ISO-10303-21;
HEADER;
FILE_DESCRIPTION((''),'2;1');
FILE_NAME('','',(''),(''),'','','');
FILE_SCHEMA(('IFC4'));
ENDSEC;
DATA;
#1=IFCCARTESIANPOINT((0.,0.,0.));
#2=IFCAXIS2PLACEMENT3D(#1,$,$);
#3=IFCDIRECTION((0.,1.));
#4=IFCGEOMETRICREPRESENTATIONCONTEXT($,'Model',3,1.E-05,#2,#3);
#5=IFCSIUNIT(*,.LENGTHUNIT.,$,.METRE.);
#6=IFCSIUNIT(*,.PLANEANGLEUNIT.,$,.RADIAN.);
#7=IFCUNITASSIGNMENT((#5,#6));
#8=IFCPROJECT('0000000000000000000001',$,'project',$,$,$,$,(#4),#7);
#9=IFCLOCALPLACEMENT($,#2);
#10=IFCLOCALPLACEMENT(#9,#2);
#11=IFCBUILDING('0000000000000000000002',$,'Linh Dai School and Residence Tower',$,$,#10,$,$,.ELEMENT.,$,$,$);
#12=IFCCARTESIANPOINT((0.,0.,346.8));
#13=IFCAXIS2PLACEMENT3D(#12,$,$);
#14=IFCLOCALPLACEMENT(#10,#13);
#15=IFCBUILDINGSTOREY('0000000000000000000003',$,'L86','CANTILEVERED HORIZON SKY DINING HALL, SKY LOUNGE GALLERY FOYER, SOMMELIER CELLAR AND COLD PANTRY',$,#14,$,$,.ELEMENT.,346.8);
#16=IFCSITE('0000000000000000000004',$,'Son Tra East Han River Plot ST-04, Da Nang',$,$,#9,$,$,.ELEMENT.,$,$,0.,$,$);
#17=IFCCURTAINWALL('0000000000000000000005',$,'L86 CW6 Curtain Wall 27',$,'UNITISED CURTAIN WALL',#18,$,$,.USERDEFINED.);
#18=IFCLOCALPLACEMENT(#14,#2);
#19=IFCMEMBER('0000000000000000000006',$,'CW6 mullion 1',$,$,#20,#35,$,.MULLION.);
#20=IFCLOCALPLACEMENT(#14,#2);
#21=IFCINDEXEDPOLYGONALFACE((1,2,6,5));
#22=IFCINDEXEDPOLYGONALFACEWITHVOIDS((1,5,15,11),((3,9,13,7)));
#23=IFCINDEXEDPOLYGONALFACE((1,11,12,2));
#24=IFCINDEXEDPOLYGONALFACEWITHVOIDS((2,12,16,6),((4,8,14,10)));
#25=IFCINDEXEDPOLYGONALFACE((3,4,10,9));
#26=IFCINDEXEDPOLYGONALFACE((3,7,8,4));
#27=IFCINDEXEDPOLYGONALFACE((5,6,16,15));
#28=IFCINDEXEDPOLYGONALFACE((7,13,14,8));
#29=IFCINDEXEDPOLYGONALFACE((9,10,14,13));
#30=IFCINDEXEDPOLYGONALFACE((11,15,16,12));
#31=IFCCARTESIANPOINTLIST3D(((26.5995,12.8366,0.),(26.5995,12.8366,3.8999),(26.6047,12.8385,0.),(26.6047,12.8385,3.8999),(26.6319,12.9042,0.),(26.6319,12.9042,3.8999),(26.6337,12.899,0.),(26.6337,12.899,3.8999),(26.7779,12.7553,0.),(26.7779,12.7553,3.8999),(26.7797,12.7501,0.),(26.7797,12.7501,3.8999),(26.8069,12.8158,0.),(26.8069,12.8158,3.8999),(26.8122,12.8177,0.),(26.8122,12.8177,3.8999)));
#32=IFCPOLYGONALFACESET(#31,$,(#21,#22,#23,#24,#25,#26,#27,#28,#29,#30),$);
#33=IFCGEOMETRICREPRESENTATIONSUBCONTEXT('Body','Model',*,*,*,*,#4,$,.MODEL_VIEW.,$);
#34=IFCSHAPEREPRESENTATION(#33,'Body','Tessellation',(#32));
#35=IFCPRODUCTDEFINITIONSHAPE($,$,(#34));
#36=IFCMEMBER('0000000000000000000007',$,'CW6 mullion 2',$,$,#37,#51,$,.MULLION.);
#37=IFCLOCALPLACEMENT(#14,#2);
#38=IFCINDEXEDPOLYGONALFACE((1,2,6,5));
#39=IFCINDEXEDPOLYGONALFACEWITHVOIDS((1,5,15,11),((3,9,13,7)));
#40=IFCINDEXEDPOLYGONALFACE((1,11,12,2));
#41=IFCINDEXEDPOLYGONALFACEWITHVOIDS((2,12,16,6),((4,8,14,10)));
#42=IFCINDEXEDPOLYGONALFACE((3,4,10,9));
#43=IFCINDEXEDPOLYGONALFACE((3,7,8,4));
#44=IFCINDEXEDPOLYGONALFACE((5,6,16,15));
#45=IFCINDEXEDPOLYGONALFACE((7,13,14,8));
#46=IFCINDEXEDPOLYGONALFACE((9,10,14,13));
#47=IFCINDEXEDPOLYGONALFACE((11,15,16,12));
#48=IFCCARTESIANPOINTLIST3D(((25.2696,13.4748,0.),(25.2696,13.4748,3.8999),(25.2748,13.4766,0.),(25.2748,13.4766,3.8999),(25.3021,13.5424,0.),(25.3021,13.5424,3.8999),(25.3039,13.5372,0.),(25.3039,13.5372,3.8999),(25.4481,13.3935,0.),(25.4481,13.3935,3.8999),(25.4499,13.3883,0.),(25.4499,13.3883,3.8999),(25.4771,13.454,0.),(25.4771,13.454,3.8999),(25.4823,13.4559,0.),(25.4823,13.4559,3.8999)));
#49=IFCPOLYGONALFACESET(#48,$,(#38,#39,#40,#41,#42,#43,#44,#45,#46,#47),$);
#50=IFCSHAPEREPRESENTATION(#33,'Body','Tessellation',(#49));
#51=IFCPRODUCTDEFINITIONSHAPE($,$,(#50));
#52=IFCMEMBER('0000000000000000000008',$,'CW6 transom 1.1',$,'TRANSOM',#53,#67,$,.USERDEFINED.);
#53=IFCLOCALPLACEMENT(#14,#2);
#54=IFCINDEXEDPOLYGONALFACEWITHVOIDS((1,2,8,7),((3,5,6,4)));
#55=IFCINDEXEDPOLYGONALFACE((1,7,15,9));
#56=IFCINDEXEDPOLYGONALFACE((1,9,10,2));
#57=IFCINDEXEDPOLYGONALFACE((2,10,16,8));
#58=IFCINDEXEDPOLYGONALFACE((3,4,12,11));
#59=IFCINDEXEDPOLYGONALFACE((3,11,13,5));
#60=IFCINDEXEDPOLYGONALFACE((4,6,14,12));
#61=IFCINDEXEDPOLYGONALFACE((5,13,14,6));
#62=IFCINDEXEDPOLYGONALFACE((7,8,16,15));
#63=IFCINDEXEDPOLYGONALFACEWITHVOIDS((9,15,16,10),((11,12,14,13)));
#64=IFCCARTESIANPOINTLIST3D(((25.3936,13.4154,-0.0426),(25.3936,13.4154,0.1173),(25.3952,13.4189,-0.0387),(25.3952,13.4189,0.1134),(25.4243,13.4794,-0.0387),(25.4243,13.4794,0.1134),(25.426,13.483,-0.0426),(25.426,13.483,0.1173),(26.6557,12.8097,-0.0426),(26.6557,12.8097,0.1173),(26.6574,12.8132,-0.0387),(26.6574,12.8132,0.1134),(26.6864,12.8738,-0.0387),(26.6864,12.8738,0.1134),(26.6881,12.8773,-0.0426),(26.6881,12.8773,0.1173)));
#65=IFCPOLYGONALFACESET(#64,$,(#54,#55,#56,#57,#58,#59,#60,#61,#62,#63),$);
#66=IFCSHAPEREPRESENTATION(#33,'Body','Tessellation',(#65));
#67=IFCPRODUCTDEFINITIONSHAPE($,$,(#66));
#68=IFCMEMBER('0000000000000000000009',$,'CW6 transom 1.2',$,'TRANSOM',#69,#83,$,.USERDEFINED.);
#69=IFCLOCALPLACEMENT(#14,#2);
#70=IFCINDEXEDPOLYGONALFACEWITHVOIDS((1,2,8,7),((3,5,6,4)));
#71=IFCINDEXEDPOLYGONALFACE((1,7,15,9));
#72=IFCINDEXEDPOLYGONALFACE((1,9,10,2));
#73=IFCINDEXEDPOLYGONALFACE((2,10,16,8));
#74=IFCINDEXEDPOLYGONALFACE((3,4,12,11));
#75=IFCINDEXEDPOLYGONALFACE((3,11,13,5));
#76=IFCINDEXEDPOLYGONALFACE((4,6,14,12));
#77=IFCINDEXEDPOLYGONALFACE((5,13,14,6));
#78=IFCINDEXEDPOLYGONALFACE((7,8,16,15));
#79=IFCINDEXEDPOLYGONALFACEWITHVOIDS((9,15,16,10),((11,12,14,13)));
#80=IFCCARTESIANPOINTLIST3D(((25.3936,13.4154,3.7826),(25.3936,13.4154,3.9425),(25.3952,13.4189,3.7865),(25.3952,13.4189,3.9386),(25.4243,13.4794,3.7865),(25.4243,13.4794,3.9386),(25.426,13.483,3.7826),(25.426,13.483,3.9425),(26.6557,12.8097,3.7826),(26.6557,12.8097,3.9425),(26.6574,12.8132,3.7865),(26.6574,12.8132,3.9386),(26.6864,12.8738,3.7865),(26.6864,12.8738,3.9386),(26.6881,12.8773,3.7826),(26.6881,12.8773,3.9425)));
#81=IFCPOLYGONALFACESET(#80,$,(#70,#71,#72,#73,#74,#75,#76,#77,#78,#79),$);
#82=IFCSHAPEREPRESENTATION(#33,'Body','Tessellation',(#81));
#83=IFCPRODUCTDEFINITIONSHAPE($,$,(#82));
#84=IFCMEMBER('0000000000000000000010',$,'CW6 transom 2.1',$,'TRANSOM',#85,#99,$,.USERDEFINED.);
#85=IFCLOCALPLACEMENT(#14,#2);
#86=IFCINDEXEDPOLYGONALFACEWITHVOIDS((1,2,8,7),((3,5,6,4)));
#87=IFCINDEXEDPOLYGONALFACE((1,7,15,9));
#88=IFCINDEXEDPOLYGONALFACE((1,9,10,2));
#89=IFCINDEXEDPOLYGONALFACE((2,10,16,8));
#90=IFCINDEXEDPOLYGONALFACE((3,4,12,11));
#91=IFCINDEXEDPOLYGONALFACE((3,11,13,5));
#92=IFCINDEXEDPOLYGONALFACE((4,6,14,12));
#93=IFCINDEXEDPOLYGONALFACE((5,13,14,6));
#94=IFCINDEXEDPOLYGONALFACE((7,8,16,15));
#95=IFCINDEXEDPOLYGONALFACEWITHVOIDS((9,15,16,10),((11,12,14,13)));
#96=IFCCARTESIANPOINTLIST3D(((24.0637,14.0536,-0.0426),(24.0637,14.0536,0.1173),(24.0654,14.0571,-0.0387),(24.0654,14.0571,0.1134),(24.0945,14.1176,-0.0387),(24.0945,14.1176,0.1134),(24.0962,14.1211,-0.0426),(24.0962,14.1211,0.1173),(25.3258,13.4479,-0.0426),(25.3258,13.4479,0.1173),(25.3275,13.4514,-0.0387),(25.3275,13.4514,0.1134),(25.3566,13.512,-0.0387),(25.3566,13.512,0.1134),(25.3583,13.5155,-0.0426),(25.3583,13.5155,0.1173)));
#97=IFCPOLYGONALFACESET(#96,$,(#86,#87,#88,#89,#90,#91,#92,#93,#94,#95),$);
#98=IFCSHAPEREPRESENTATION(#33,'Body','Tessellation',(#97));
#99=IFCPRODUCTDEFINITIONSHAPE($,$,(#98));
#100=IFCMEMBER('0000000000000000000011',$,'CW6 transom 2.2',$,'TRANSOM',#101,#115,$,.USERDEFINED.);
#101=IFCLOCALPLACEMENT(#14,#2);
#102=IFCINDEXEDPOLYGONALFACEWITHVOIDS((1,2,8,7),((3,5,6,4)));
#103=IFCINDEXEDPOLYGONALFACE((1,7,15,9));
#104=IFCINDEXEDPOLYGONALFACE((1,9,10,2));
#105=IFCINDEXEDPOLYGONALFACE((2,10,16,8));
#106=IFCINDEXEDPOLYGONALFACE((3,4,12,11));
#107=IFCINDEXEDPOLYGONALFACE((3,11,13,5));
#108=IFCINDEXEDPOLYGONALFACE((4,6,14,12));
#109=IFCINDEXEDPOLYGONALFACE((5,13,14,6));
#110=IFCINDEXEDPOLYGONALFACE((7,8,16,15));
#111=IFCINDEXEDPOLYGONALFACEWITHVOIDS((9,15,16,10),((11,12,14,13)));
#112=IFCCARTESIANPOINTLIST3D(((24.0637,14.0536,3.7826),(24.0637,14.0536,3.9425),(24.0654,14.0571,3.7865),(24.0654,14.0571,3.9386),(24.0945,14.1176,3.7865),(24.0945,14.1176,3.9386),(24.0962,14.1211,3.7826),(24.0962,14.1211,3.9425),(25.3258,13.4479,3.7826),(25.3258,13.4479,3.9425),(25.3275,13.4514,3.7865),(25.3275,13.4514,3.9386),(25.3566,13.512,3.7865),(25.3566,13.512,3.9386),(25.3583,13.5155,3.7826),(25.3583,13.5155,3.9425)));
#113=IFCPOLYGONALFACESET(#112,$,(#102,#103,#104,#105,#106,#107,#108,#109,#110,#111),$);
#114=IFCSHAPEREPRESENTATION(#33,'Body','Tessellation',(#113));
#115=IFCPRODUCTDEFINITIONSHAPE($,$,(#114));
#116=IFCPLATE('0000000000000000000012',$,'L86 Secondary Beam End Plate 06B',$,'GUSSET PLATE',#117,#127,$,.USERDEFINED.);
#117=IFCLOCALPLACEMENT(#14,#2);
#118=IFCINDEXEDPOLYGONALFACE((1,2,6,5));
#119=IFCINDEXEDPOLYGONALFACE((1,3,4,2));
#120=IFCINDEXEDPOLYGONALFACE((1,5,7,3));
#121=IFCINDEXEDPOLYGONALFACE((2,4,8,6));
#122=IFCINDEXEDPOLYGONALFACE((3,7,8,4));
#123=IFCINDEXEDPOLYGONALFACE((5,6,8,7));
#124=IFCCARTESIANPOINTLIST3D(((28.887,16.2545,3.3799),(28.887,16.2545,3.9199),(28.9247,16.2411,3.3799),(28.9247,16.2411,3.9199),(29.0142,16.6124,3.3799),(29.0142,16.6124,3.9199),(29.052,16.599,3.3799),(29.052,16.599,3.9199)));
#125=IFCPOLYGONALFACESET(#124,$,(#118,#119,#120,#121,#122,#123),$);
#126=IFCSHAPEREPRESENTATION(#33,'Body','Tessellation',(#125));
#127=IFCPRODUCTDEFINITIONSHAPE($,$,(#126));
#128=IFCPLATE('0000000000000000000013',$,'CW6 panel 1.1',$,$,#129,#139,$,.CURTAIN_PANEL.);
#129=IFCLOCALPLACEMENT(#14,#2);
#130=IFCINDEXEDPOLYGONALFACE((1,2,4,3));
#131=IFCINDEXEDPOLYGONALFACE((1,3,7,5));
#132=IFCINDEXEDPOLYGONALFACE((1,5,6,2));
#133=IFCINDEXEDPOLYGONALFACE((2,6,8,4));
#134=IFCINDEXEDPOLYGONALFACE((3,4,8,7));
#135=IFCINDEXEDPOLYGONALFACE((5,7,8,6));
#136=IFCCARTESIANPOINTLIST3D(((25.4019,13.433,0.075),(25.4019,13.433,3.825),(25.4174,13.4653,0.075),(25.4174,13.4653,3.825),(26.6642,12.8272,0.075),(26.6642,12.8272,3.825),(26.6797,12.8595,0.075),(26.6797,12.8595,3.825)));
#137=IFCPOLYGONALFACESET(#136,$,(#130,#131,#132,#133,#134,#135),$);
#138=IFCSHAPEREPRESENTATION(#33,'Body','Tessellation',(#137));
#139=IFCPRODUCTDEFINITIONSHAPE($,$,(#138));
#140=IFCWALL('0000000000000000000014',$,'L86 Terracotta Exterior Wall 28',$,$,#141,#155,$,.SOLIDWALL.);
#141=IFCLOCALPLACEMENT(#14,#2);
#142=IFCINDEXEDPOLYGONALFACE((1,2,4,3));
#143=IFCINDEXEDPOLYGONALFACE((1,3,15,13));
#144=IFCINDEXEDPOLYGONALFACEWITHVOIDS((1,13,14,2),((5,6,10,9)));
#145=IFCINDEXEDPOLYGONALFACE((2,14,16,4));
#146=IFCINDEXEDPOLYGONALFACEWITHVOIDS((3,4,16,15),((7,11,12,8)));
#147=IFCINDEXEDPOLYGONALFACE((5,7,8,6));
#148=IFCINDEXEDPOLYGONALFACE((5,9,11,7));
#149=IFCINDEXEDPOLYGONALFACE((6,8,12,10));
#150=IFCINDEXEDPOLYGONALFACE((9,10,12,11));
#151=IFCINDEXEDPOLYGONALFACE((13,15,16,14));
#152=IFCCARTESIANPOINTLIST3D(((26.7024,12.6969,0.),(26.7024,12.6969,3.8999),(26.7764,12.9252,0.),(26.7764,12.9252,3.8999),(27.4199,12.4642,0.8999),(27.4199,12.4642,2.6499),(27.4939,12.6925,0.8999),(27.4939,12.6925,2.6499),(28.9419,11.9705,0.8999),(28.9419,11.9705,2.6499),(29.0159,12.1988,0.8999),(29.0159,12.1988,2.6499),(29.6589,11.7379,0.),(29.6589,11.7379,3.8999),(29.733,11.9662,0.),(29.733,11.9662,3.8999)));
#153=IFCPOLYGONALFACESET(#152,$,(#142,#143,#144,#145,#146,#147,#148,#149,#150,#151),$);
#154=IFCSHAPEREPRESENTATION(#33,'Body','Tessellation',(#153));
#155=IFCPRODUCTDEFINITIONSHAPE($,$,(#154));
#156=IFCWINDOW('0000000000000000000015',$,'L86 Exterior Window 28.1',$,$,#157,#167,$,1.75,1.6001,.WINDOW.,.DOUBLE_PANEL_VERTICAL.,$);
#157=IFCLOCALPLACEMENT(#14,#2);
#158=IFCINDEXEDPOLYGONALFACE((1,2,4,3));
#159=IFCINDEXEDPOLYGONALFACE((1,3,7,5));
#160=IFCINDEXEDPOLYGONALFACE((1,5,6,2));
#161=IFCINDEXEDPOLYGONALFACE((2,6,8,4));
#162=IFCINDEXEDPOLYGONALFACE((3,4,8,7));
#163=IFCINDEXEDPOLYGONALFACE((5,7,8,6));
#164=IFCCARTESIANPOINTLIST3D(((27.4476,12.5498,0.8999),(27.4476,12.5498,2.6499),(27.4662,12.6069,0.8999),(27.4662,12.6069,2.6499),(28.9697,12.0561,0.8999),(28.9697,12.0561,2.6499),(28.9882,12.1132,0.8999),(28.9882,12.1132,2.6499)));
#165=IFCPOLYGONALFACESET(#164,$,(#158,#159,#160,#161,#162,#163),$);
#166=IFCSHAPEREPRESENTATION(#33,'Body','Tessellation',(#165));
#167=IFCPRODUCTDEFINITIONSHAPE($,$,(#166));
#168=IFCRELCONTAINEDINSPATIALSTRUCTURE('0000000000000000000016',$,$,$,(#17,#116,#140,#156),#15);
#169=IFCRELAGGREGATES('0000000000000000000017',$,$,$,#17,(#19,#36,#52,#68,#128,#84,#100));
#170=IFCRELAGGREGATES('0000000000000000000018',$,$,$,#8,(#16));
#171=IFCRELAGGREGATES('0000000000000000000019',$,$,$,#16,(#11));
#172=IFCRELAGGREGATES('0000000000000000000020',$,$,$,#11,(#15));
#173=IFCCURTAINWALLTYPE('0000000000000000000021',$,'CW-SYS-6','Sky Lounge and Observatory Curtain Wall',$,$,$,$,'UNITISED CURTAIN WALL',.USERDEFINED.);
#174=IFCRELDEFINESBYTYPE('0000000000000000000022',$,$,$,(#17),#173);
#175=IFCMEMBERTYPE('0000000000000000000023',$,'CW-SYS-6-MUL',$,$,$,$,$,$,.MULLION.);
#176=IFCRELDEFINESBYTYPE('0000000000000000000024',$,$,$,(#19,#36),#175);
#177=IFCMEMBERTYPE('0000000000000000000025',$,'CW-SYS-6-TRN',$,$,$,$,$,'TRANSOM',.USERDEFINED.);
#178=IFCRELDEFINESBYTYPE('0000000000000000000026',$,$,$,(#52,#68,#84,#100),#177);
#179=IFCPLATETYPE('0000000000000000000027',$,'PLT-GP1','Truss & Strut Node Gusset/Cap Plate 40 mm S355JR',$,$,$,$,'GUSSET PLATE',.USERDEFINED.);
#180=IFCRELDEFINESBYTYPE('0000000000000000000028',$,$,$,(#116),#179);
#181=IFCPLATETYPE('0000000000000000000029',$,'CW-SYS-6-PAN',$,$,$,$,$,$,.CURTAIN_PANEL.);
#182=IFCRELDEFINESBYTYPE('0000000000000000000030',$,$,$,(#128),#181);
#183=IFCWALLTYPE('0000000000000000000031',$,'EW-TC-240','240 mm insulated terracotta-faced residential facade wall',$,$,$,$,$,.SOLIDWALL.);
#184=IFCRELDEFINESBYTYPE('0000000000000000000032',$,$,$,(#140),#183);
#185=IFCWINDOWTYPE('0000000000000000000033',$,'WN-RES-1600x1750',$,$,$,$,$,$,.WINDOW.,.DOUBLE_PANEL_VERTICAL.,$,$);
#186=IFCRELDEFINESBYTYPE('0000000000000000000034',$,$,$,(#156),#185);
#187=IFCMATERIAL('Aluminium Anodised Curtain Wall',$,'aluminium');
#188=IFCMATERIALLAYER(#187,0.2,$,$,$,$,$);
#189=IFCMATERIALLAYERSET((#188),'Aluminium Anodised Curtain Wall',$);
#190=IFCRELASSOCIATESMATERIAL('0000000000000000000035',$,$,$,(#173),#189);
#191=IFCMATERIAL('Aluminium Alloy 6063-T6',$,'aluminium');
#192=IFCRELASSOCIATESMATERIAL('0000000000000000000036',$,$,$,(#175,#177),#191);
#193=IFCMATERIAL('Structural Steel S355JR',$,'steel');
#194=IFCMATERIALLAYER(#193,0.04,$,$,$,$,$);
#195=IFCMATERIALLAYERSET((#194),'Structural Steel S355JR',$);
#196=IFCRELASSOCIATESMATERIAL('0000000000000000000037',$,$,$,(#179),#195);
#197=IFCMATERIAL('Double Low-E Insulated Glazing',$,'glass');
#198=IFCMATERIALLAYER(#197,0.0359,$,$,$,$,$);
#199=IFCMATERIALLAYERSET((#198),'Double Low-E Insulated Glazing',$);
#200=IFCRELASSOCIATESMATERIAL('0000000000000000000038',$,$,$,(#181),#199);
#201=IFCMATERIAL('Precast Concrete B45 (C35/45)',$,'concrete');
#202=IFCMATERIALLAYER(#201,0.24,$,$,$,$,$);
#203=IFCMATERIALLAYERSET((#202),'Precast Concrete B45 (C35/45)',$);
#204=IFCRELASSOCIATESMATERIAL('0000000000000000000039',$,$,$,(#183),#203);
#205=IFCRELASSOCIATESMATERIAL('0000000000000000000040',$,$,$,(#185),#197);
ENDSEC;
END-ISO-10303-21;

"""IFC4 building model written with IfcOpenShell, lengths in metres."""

from ifc_helpers import new_model, si_unit, direction, frame, frame_2d, origin, origin_2d, place, context, subcontext, project, spatial, rectangle, hollow_rectangle, extrude, source, transform, mapped, material, layer, layer_set, material_profile, profile_set, type_object, element, fill, aggregate, save


model = new_model("IFC4")

# Units and contexts
model_context = context("Model", 3, precision=1e-05, world=origin(), true_north=direction((0.0, 1.0)))
body_context = subcontext(model_context, "Body", "Model", "MODEL_VIEW")
ifc_project = project(units=[si_unit("LENGTHUNIT", "METRE"), si_unit("PLANEANGLEUNIT", "RADIAN")], contexts=[model_context])

# Site, building, storey
site_placement = place(None, origin())
site = spatial("IfcSite", under=ifc_project, at=site_placement, Name="Son Tra East Han River Plot ST-04, Da Nang", CompositionType="ELEMENT", RefElevation=0.0)
building_placement = place(site_placement, origin())
building = spatial("IfcBuilding", under=site, at=building_placement, Name="Linh Dai School and Residence Tower", CompositionType="ELEMENT")
storey_placement = place(building_placement, frame((0.0, 0.0, 346.8)))
storey = spatial("IfcBuildingStorey", under=building, at=storey_placement, Name="L86", Description="CANTILEVERED HORIZON SKY DINING HALL, SKY LOUNGE GALLERY FOYER, SOMMELIER CELLAR AND COLD PANTRY", CompositionType="ELEMENT", Elevation=346.8)

# Shared definitions
ifc_material_1 = material(Name="Structural Steel S355JR", Category="steel")

# Curtain wall, members
ifc_material_2 = material(Name="Aluminium Anodised Curtain Wall", Category="aluminium")
ifc_layer_1 = layer(ifc_material_2, 0.2)
ifc_layer_set_1 = layer_set([ifc_layer_1], Name="Aluminium Anodised Curtain Wall")
curtain_wall_type = type_object("IfcCurtainWallType", Name="CW-SYS-6", Description="Sky Lounge and Observatory Curtain Wall", ElementType="UNITISED CURTAIN WALL", PredefinedType="USERDEFINED", material=ifc_layer_set_1)
curtain_wall_placement = place(storey_placement, origin())
curtain_wall = element("IfcCurtainWall", 1, at=curtain_wall_placement, inside=storey, type_object=curtain_wall_type, Name="L86 CW6 Curtain Wall 27", ObjectType="UNITISED CURTAIN WALL", PredefinedType="USERDEFINED")
ifc_material_3 = material(Name="Aluminium Alloy 6063-T6", Category="aluminium")
ifc_material_profile_1 = material_profile(ifc_material_3, hollow_rectangle(XDim=0.075, YDim=0.2, WallThickness=0.0039, at=origin_2d()), Name="RHS 200x75x4")
ifc_profile_set_1 = profile_set([ifc_material_profile_1], Name="Aluminium Alloy 6063-T6")
member_type_1 = type_object("IfcMemberType", Name="CW-SYS-6-MUL", PredefinedType="MULLION", material=ifc_profile_set_1)
shared_shape_1 = source(origin(), body_context, "Body", "SweptSolid", [
    extrude(hollow_rectangle(XDim=0.075, YDim=0.2, WallThickness=0.0039, at=origin_2d()), origin(), (0.0, 0.0, 1.0), 3.8999),
])
member_1_placement = place(storey_placement, frame((26.7058, 12.8271, 0.0), z_axis=(0.0, 0.0, 1.0), x_axis=(-0.432674, -0.901551, 0.0)))
member_1 = element("IfcMember", 2, at=member_1_placement, type_object=member_type_1, Name="CW6 mullion 1", PredefinedType="MULLION", context=body_context, shape_type="MappedRepresentation", body=[
    mapped(shared_shape_1, transform((0.0, 0.0, 0.0), x_axis=(1.0, 0.0, 0.0), y_axis=(0.0, 1.0, 0.0), z_axis=(0.0, 0.0, 1.0), scale=1.0)),
])
member_2_placement = place(storey_placement, frame((25.376, 13.4653, 0.0), z_axis=(0.0, 0.0, 1.0), x_axis=(-0.432674, -0.901551, 0.0)))
member_2 = element("IfcMember", 3, at=member_2_placement, type_object=member_type_1, Name="CW6 mullion 2", PredefinedType="MULLION", context=body_context, shape_type="MappedRepresentation", body=[
    mapped(shared_shape_1, transform((0.0, 0.0, 0.0), x_axis=(1.0, 0.0, 0.0), y_axis=(0.0, 1.0, 0.0), z_axis=(0.0, 0.0, 1.0), scale=1.0)),
])
ifc_material_profile_2 = material_profile(ifc_material_3, hollow_rectangle(XDim=0.075, YDim=0.1599, WallThickness=0.0039, at=origin_2d()), Name="RHS 160x75x4")
ifc_profile_set_2 = profile_set([ifc_material_profile_2], Name="Aluminium Alloy 6063-T6")
member_type_2 = type_object("IfcMemberType", Name="CW-SYS-6-TRN", ElementType="TRANSOM", PredefinedType="USERDEFINED", material=ifc_profile_set_2)
shared_shape_2 = source(origin(), body_context, "Body", "SweptSolid", [
    extrude(hollow_rectangle(XDim=0.075, YDim=0.1599, WallThickness=0.0039, at=origin_2d()), origin(), (0.0, 0.0, 1.0), 1.3999),
])
member_3_placement = place(storey_placement, frame((26.6719, 12.8435, 0.0374), z_axis=(-0.901564, 0.432646, 0.0), x_axis=(-0.432646, -0.901564, 0.0)))
member_3 = element("IfcMember", 4, at=member_3_placement, type_object=member_type_2, Name="CW6 transom 1.1", ObjectType="TRANSOM", PredefinedType="USERDEFINED", context=body_context, shape_type="MappedRepresentation", body=[
    mapped(shared_shape_2, transform((0.0, 0.0, 0.0), x_axis=(1.0, 0.0, 0.0), y_axis=(0.0, 1.0, 0.0), z_axis=(0.0, 0.0, 1.0), scale=1.0)),
])
member_4_placement = place(storey_placement, frame((26.6719, 12.8435, 3.8625), z_axis=(-0.901564, 0.432646, 0.0), x_axis=(-0.432646, -0.901564, 0.0)))
member_4 = element("IfcMember", 5, at=member_4_placement, type_object=member_type_2, Name="CW6 transom 1.2", ObjectType="TRANSOM", PredefinedType="USERDEFINED", context=body_context, shape_type="MappedRepresentation", body=[
    mapped(shared_shape_2, transform((0.0, 0.0, 0.0), x_axis=(1.0, 0.0, 0.0), y_axis=(0.0, 1.0, 0.0), z_axis=(0.0, 0.0, 1.0), scale=1.0)),
])
member_5_placement = place(storey_placement, frame((25.342, 13.4817, 0.0374), z_axis=(-0.901564, 0.432646, 0.0), x_axis=(-0.432646, -0.901564, 0.0)))
member_5 = element("IfcMember", 6, at=member_5_placement, type_object=member_type_2, Name="CW6 transom 2.1", ObjectType="TRANSOM", PredefinedType="USERDEFINED", context=body_context, shape_type="MappedRepresentation", body=[
    mapped(shared_shape_2, transform((0.0, 0.0, 0.0), x_axis=(1.0, 0.0, 0.0), y_axis=(0.0, 1.0, 0.0), z_axis=(0.0, 0.0, 1.0), scale=1.0)),
])
member_6_placement = place(storey_placement, frame((25.342, 13.4817, 3.8625), z_axis=(-0.901564, 0.432646, 0.0), x_axis=(-0.432646, -0.901564, 0.0)))
member_6 = element("IfcMember", 7, at=member_6_placement, type_object=member_type_2, Name="CW6 transom 2.2", ObjectType="TRANSOM", PredefinedType="USERDEFINED", context=body_context, shape_type="MappedRepresentation", body=[
    mapped(shared_shape_2, transform((0.0, 0.0, 0.0), x_axis=(1.0, 0.0, 0.0), y_axis=(0.0, 1.0, 0.0), z_axis=(0.0, 0.0, 1.0), scale=1.0)),
])

# Plates
ifc_layer_2 = layer(ifc_material_1, 0.04)
ifc_layer_set_2 = layer_set([ifc_layer_2], Name="Structural Steel S355JR")
plate_type_1 = type_object("IfcPlateType", Name="PLT-GP1", Description="Truss & Strut Node Gusset/Cap Plate 40 mm S355JR", ElementType="GUSSET PLATE", PredefinedType="USERDEFINED", material=ifc_layer_set_2)
shared_shape_3 = source(origin(), body_context, "Body", "SweptSolid", [
    extrude(rectangle(XDim=0.04, YDim=0.3799, at=origin_2d()), origin(), (0.0, 0.0, 1.0), 0.54),
])
plate_1_placement = place(storey_placement, frame((28.9695, 16.4268, 3.3799), z_axis=(0.0, 0.0, 1.0), x_axis=(0.942251, -0.334909, 0.0)))
element("IfcPlate", 8, at=plate_1_placement, inside=storey, type_object=plate_type_1, Name="L86 Secondary Beam End Plate 06B", ObjectType="GUSSET PLATE", PredefinedType="USERDEFINED", context=body_context, shape_type="MappedRepresentation", body=[
    mapped(shared_shape_3, transform((0.0, 0.0, 0.0), x_axis=(1.0, 0.0, 0.0), y_axis=(0.0, 1.0, 0.0), z_axis=(0.0, 0.0, 1.0), scale=1.0)),
])
ifc_material_4 = material(Name="Double Low-E Insulated Glazing", Category="glass")
ifc_layer_3 = layer(ifc_material_4, 0.0359)
ifc_layer_set_3 = layer_set([ifc_layer_3], Name="Double Low-E Insulated Glazing")
plate_type_2 = type_object("IfcPlateType", Name="CW-SYS-6-PAN", PredefinedType="CURTAIN_PANEL", material=ifc_layer_set_3)
shared_shape_4 = source(origin(), body_context, "Body", "SweptSolid", [
    extrude(rectangle(XDim=1.4001, YDim=0.0359, at=origin_2d()), origin(), (0.0, 0.0, 1.0), 3.75),
])
plate_2_placement = place(storey_placement, frame((26.0408, 13.1462, 0.075), z_axis=(0.0, 0.0, 1.0), x_axis=(-0.901551, 0.432674, 0.0)))
plate_2 = element("IfcPlate", 9, at=plate_2_placement, type_object=plate_type_2, Name="CW6 panel 1.1", PredefinedType="CURTAIN_PANEL", context=body_context, shape_type="MappedRepresentation", body=[
    mapped(shared_shape_4, transform((0.0, 0.0, 0.0), x_axis=(1.0, 0.0, 0.0), y_axis=(0.0, 1.0, 0.0), z_axis=(0.0, 0.0, 1.0), scale=1.0)),
])
aggregate(curtain_wall, [member_1, member_2, member_3, member_4, plate_2, member_5, member_6])

# Wall, opening, window
ifc_material_5 = material(Name="Precast Concrete B45 (C35/45)", Category="concrete")
ifc_layer_4 = layer(ifc_material_5, 0.24)
ifc_layer_set_4 = layer_set([ifc_layer_4], Name="Precast Concrete B45 (C35/45)")
wall_type_1 = type_object("IfcWallType", Name="EW-TC-240", Description="240 mm insulated terracotta-faced residential facade wall", PredefinedType="SOLIDWALL", material=ifc_layer_set_4)
wall_1_placement = place(storey_placement, frame((29.696, 11.8521, 0.0), z_axis=(0.0, 0.0, 1.0), x_axis=(-0.951213, 0.308535, 0.0)))
wall_1 = element("IfcWall", 10, at=wall_1_placement, inside=storey, type_object=wall_type_1, Name="L86 Terracotta Exterior Wall 28", PredefinedType="SOLIDWALL", context=body_context, shape_type="SweptSolid", body=[
    extrude(rectangle(XDim=3.1082, YDim=0.24, at=frame_2d((1.5542, 0.0))), origin(), (0.0, 0.0, 1.0), 3.8999),
])
opening_1_placement = place(wall_1_placement, frame((0.7539, 0.0, 0.8999)))
opening_1 = element("IfcOpeningElement", 11, at=opening_1_placement, cuts=wall_1, PredefinedType="OPENING", context=body_context, shape_type="SweptSolid", body=[
    extrude(rectangle(XDim=1.6001, YDim=1.75, at=origin_2d()), frame((0.8, 0.1299, 0.875), z_axis=(0.0, -1.0, 0.0), x_axis=(1.0, 0.0, 0.0)), (0.0, 0.0, 1.0), 0.26),
])
window_type = type_object("IfcWindowType", Name="WN-RES-1600x1750", PartitioningType="DOUBLE_PANEL_VERTICAL", PredefinedType="WINDOW", material=ifc_material_4)
shared_shape_5 = source(origin(), body_context, "Body", "SweptSolid", [
    extrude(rectangle(XDim=1.6001, YDim=1.75, at=origin_2d()), frame((0.8, 0.03, 0.875), z_axis=(0.0, -1.0, 0.0), x_axis=(1.0, 0.0, 0.0)), (0.0, 0.0, 1.0), 0.0601),
])
window_1_placement = place(opening_1_placement, origin())
window_1 = element("IfcWindow", 12, at=window_1_placement, inside=storey, type_object=window_type, Name="L86 Exterior Window 28.1", OverallHeight=1.75, OverallWidth=1.6001, PartitioningType="DOUBLE_PANEL_VERTICAL", PredefinedType="WINDOW", context=body_context, shape_type="MappedRepresentation", body=[
    mapped(shared_shape_5, transform((0.0, 0.0, 0.0), x_axis=(1.0, 0.0, 0.0), y_axis=(0.0, 1.0, 0.0), z_axis=(0.0, 0.0, 1.0), scale=1.0)),
])
fill(opening_1, window_1)

save(model, "model.ifc")
